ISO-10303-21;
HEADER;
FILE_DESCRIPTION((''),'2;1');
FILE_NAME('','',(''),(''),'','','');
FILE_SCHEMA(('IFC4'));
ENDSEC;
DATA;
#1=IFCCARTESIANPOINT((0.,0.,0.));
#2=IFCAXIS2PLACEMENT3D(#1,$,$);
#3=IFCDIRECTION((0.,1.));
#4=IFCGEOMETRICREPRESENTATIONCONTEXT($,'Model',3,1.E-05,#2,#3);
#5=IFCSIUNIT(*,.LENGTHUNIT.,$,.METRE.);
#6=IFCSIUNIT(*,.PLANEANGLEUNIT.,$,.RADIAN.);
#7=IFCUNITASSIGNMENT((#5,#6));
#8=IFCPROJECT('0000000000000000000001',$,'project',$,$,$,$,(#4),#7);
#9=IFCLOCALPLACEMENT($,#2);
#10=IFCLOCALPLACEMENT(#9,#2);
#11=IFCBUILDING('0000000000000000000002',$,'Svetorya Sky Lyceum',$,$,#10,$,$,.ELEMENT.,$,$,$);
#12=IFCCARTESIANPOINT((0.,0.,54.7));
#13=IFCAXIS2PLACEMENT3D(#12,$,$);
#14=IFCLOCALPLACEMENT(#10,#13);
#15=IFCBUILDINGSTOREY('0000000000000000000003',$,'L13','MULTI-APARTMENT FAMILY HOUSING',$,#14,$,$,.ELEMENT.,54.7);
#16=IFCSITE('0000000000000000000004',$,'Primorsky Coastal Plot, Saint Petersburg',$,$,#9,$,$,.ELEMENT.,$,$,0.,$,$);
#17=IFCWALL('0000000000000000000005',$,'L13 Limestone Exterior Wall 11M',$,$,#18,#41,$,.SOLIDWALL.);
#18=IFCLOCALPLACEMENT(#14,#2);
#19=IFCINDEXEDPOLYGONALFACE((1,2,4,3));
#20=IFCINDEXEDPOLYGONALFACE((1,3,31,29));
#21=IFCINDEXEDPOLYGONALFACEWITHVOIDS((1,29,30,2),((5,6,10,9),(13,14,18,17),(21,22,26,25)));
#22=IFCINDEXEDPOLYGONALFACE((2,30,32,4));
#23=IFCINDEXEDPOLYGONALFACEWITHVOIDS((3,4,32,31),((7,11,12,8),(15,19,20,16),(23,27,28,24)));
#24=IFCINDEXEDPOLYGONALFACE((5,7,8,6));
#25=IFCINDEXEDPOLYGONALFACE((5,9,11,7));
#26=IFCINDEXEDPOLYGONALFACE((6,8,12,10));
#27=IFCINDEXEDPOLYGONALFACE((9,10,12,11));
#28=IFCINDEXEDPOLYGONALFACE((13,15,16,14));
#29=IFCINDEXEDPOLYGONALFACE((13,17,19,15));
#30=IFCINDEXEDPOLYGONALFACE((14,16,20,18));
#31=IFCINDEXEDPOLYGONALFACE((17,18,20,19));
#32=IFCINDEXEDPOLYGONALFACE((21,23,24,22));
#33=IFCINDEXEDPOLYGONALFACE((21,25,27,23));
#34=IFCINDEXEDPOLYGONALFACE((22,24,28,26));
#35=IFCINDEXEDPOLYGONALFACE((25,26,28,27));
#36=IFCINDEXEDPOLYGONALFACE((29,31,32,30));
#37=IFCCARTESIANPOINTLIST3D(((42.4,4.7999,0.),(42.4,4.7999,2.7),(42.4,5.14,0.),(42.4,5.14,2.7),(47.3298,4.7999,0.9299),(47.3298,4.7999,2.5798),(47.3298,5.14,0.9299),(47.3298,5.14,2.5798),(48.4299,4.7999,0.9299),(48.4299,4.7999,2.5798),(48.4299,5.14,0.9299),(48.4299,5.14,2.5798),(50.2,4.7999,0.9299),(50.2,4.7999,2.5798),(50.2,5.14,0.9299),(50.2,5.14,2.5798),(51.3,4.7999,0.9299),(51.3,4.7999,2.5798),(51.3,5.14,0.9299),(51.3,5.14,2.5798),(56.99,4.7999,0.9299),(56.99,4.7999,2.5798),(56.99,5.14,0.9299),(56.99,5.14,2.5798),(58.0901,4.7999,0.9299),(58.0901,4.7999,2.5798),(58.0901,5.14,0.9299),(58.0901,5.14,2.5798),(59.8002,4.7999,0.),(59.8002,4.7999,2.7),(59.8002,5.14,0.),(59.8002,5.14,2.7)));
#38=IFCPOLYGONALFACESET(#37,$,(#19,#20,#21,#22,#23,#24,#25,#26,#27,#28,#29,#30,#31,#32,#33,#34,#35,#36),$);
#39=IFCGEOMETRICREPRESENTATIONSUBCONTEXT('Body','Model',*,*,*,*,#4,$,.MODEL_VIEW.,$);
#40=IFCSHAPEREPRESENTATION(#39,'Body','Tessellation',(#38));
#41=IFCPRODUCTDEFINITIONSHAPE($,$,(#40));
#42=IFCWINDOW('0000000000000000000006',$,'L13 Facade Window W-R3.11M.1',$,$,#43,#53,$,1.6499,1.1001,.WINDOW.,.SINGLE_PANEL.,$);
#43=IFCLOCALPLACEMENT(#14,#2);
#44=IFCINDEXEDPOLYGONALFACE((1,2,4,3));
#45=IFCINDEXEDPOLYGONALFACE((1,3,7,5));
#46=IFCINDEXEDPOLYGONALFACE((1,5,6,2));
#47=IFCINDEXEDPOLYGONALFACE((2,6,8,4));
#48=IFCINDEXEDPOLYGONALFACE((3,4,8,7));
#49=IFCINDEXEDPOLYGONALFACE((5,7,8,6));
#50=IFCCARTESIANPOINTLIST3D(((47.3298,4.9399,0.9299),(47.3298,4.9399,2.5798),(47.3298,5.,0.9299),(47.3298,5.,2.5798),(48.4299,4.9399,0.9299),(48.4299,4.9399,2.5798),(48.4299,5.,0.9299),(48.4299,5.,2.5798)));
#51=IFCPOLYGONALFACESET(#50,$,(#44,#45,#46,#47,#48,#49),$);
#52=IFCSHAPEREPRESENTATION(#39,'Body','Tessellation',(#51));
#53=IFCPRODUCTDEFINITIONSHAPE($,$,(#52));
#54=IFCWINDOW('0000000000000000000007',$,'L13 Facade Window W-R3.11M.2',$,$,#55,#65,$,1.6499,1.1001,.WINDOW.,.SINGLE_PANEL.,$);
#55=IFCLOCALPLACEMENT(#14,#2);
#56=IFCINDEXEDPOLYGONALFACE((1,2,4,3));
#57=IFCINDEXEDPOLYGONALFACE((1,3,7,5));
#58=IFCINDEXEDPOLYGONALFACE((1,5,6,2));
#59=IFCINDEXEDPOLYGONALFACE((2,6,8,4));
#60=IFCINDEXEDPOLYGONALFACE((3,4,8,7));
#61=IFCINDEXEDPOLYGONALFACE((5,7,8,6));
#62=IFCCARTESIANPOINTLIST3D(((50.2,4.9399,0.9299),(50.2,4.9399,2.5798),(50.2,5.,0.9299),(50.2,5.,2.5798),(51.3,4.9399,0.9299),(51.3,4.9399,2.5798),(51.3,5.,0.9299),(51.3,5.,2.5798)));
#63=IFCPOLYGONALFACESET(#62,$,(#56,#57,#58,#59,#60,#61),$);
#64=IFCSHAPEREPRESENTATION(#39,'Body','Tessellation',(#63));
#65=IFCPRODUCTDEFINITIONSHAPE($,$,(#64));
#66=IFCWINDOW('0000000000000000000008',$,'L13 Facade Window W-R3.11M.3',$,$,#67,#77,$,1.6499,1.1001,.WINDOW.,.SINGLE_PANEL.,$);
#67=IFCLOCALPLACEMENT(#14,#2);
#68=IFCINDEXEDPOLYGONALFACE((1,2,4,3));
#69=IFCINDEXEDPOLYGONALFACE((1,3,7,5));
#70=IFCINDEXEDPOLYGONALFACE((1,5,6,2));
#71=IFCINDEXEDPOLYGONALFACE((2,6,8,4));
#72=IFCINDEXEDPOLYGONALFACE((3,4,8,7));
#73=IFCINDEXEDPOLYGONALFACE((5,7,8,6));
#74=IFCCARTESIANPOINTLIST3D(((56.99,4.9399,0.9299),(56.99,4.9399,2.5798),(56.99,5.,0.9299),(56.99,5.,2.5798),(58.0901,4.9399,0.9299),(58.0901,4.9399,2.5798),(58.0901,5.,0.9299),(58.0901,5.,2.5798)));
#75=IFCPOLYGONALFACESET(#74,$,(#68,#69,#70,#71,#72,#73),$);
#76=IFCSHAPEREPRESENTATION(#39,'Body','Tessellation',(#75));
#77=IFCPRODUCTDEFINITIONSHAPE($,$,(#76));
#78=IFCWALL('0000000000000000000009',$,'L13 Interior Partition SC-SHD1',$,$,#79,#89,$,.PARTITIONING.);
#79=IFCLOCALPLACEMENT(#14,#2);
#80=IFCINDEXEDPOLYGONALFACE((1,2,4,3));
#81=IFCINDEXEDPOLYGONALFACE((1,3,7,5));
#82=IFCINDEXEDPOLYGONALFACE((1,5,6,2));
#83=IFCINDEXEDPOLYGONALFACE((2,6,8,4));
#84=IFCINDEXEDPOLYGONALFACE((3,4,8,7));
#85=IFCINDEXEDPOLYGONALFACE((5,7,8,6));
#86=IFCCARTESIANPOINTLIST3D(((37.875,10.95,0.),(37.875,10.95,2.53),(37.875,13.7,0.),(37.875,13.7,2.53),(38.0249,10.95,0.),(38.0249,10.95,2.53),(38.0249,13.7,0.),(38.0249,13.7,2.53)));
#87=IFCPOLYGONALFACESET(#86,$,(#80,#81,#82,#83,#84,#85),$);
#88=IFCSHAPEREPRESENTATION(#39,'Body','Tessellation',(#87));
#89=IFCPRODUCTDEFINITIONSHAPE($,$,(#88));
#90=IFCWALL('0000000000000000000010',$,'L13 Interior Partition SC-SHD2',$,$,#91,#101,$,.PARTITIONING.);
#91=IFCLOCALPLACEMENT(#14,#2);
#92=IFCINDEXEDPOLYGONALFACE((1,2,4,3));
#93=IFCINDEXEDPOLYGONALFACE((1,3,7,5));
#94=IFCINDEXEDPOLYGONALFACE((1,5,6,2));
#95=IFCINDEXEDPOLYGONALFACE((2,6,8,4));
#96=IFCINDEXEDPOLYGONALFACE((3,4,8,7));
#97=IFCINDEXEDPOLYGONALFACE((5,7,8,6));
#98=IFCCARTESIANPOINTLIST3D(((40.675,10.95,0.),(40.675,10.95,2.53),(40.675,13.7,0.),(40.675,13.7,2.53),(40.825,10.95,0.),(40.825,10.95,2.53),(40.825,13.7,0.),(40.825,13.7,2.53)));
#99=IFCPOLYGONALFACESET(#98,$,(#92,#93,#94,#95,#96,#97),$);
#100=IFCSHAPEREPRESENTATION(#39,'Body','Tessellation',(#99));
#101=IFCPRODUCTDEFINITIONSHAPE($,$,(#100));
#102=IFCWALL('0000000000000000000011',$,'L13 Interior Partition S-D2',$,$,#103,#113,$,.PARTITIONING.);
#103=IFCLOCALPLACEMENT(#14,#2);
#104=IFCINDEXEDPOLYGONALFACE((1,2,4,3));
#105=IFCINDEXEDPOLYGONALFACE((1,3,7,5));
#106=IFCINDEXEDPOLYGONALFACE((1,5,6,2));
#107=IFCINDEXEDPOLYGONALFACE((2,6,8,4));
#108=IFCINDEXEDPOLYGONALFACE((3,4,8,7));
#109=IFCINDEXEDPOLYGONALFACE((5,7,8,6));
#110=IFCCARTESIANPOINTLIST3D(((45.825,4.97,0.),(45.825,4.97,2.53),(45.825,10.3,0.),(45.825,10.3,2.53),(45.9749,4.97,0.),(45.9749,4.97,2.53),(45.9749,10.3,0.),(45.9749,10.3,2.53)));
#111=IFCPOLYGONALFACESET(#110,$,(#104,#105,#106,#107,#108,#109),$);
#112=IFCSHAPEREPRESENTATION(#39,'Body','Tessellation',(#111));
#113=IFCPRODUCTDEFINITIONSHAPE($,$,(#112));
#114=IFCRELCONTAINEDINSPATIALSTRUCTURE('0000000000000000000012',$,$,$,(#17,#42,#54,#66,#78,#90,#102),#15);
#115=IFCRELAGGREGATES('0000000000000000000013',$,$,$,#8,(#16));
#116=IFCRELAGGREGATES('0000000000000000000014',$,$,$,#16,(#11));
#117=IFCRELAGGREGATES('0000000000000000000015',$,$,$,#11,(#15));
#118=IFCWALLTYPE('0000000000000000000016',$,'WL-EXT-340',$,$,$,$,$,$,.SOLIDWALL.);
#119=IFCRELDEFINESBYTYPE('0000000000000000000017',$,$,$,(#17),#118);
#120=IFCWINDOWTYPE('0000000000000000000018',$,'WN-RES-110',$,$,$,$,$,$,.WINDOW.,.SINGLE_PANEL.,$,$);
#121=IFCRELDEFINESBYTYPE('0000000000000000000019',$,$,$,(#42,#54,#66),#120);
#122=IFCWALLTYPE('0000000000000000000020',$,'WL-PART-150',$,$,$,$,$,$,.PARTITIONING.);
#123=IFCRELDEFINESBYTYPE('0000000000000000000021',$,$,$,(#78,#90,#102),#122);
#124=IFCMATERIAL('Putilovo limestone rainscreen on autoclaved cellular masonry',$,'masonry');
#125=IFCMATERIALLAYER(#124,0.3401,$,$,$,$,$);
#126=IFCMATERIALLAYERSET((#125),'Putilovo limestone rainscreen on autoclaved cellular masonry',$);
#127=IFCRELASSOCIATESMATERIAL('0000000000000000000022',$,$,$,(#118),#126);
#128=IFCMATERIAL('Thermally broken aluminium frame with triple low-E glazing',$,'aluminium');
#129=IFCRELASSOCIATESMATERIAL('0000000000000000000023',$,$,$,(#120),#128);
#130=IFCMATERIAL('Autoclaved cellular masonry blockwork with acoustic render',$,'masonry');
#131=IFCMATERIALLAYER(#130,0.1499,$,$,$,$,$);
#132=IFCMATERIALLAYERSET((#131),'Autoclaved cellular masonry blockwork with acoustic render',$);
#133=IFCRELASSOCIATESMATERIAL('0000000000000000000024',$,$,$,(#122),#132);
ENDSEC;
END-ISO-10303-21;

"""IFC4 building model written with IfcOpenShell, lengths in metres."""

from ifc_helpers import new_model, si_unit, direction, frame, frame_2d, origin, place, context, subcontext, project, spatial, rectangle, extrude, material, layer, layer_set, type_object, element, fill, save


model = new_model("IFC4")

# Units and contexts
model_context = context("Model", 3, precision=1e-05, world=origin(), true_north=direction((0.0, 1.0)))
body_context = subcontext(model_context, "Body", "Model", "MODEL_VIEW")
ifc_project = project(units=[si_unit("LENGTHUNIT", "METRE"), si_unit("PLANEANGLEUNIT", "RADIAN")], contexts=[model_context])

# Site, building, storey
site_placement = place(None, origin())
site = spatial("IfcSite", under=ifc_project, at=site_placement, Name="Primorsky Coastal Plot, Saint Petersburg", CompositionType="ELEMENT", RefElevation=0.0)
building_placement = place(site_placement, origin())
building = spatial("IfcBuilding", under=site, at=building_placement, Name="Svetorya Sky Lyceum", CompositionType="ELEMENT")
storey_placement = place(building_placement, frame((0.0, 0.0, 54.7)))
storey = spatial("IfcBuildingStorey", under=building, at=storey_placement, Name="L13", Description="MULTI-APARTMENT FAMILY HOUSING", CompositionType="ELEMENT", Elevation=54.7)

# Shared definitions
ifc_material_1 = material(Name="Putilovo limestone rainscreen on autoclaved cellular masonry", Category="masonry")
ifc_layer_1 = layer(ifc_material_1, 0.3401)
ifc_layer_set_1 = layer_set([ifc_layer_1], Name="Putilovo limestone rainscreen on autoclaved cellular masonry")
wall_type_1 = type_object("IfcWallType", Name="WL-EXT-340", PredefinedType="SOLIDWALL", material=ifc_layer_set_1)

# Wall, openings, windows
wall_1_placement = place(storey_placement, frame((42.3999, 4.97, 0.0), z_axis=(0.0, 0.0, 1.0), x_axis=(1.0, 0.0, 0.0)))
wall_1 = element("IfcWall", 1, at=wall_1_placement, inside=storey, type_object=wall_type_1, Name="L13 Limestone Exterior Wall 11M", PredefinedType="SOLIDWALL", context=body_context, shape_type="SweptSolid", body=[
    extrude(rectangle(XDim=17.4001, YDim=0.3401, at=frame_2d((8.7002, 0.0))), origin(), (0.0, 0.0, 1.0), 2.7),
])
opening_1_placement = place(wall_1_placement, frame((4.9299, 0.0, 0.9299)))
opening_1 = element("IfcOpeningElement", 2, at=opening_1_placement, cuts=wall_1, PredefinedType="OPENING", context=body_context, shape_type="SweptSolid", body=[
    extrude(rectangle(XDim=1.1001, YDim=1.6499, at=frame_2d((0.55, 0.825))), frame((0.0, 0.1799, 0.0), z_axis=(0.0, -1.0, 0.0), x_axis=(1.0, 0.0, 0.0)), (0.0, 0.0, 1.0), 0.3601),
])
opening_2_placement = place(wall_1_placement, frame((7.8, 0.0, 0.9299)))
opening_2 = element("IfcOpeningElement", 3, at=opening_2_placement, cuts=wall_1, PredefinedType="OPENING", context=body_context, shape_type="SweptSolid", body=[
    extrude(rectangle(XDim=1.1001, YDim=1.6499, at=frame_2d((0.55, 0.825))), frame((0.0, 0.1799, 0.0), z_axis=(0.0, -1.0, 0.0), x_axis=(1.0, 0.0, 0.0)), (0.0, 0.0, 1.0), 0.3601),
])
opening_3_placement = place(wall_1_placement, frame((14.5901, 0.0, 0.9299)))
opening_3 = element("IfcOpeningElement", 4, at=opening_3_placement, cuts=wall_1, PredefinedType="OPENING", context=body_context, shape_type="SweptSolid", body=[
    extrude(rectangle(XDim=1.1001, YDim=1.6499, at=frame_2d((0.55, 0.825))), frame((0.0, 0.1799, 0.0), z_axis=(0.0, -1.0, 0.0), x_axis=(1.0, 0.0, 0.0)), (0.0, 0.0, 1.0), 0.3601),
])
ifc_material_2 = material(Name="Thermally broken aluminium frame with triple low-E glazing", Category="aluminium")
window_type = type_object("IfcWindowType", Name="WN-RES-110", PartitioningType="SINGLE_PANEL", PredefinedType="WINDOW", material=ifc_material_2)
window_1_placement = place(opening_1_placement, origin())
window_1 = element("IfcWindow", 5, at=window_1_placement, inside=storey, type_object=window_type, Name="L13 Facade Window W-R3.11M.1", OverallHeight=1.6499, OverallWidth=1.1001, PartitioningType="SINGLE_PANEL", PredefinedType="WINDOW", context=body_context, shape_type="SweptSolid", body=[
    extrude(rectangle(XDim=1.1001, YDim=1.6499, at=frame_2d((0.55, 0.825))), frame((0.0, 0.03, 0.0), z_axis=(0.0, -1.0, 0.0), x_axis=(1.0, 0.0, 0.0)), (0.0, 0.0, 1.0), 0.0601),
])
fill(opening_1, window_1)
window_2_placement = place(opening_2_placement, origin())
window_2 = element("IfcWindow", 6, at=window_2_placement, inside=storey, type_object=window_type, Name="L13 Facade Window W-R3.11M.2", OverallHeight=1.6499, OverallWidth=1.1001, PartitioningType="SINGLE_PANEL", PredefinedType="WINDOW", context=body_context, shape_type="SweptSolid", body=[
    extrude(rectangle(XDim=1.1001, YDim=1.6499, at=frame_2d((0.55, 0.825))), frame((0.0, 0.03, 0.0), z_axis=(0.0, -1.0, 0.0), x_axis=(1.0, 0.0, 0.0)), (0.0, 0.0, 1.0), 0.0601),
])
fill(opening_2, window_2)
window_3_placement = place(opening_3_placement, origin())
window_3 = element("IfcWindow", 7, at=window_3_placement, inside=storey, type_object=window_type, Name="L13 Facade Window W-R3.11M.3", OverallHeight=1.6499, OverallWidth=1.1001, PartitioningType="SINGLE_PANEL", PredefinedType="WINDOW", context=body_context, shape_type="SweptSolid", body=[
    extrude(rectangle(XDim=1.1001, YDim=1.6499, at=frame_2d((0.55, 0.825))), frame((0.0, 0.03, 0.0), z_axis=(0.0, -1.0, 0.0), x_axis=(1.0, 0.0, 0.0)), (0.0, 0.0, 1.0), 0.0601),
])
fill(opening_3, window_3)

# Walls
ifc_material_3 = material(Name="Autoclaved cellular masonry blockwork with acoustic render", Category="masonry")
ifc_layer_2 = layer(ifc_material_3, 0.1499)
ifc_layer_set_2 = layer_set([ifc_layer_2], Name="Autoclaved cellular masonry blockwork with acoustic render")
wall_type_2 = type_object("IfcWallType", Name="WL-PART-150", PredefinedType="PARTITIONING", material=ifc_layer_set_2)
for number, where, z_axis, x_axis, name in (
    (8, (37.95, 10.95, 0.0), (0.0, 0.0, 1.0), (0.0, 1.0, 0.0), "L13 Interior Partition SC-SHD1"),
    (9, (40.75, 10.95, 0.0), (0.0, 0.0, 1.0), (0.0, 1.0, 0.0), "L13 Interior Partition SC-SHD2"),
):
    element("IfcWall", number, at=place(storey_placement, frame(where, z_axis=z_axis, x_axis=x_axis)), inside=storey, type_object=wall_type_2, Name=name, PredefinedType="PARTITIONING", context=body_context, shape_type="SweptSolid", body=[
        extrude(rectangle(XDim=2.75, YDim=0.1499, at=frame_2d((1.375, 0.0))), origin(), (0.0, 0.0, 1.0), 2.53),
    ])
wall_2_placement = place(storey_placement, frame((45.8999, 4.97, 0.0), z_axis=(0.0, 0.0, 1.0), x_axis=(0.0, 1.0, 0.0)))
element("IfcWall", 10, at=wall_2_placement, inside=storey, type_object=wall_type_2, Name="L13 Interior Partition S-D2", PredefinedType="PARTITIONING", context=body_context, shape_type="SweptSolid", body=[
    extrude(rectangle(XDim=5.3301, YDim=0.1499, at=frame_2d((2.665, 0.0))), origin(), (0.0, 0.0, 1.0), 2.53),
])

save(model, "model.ifc")
